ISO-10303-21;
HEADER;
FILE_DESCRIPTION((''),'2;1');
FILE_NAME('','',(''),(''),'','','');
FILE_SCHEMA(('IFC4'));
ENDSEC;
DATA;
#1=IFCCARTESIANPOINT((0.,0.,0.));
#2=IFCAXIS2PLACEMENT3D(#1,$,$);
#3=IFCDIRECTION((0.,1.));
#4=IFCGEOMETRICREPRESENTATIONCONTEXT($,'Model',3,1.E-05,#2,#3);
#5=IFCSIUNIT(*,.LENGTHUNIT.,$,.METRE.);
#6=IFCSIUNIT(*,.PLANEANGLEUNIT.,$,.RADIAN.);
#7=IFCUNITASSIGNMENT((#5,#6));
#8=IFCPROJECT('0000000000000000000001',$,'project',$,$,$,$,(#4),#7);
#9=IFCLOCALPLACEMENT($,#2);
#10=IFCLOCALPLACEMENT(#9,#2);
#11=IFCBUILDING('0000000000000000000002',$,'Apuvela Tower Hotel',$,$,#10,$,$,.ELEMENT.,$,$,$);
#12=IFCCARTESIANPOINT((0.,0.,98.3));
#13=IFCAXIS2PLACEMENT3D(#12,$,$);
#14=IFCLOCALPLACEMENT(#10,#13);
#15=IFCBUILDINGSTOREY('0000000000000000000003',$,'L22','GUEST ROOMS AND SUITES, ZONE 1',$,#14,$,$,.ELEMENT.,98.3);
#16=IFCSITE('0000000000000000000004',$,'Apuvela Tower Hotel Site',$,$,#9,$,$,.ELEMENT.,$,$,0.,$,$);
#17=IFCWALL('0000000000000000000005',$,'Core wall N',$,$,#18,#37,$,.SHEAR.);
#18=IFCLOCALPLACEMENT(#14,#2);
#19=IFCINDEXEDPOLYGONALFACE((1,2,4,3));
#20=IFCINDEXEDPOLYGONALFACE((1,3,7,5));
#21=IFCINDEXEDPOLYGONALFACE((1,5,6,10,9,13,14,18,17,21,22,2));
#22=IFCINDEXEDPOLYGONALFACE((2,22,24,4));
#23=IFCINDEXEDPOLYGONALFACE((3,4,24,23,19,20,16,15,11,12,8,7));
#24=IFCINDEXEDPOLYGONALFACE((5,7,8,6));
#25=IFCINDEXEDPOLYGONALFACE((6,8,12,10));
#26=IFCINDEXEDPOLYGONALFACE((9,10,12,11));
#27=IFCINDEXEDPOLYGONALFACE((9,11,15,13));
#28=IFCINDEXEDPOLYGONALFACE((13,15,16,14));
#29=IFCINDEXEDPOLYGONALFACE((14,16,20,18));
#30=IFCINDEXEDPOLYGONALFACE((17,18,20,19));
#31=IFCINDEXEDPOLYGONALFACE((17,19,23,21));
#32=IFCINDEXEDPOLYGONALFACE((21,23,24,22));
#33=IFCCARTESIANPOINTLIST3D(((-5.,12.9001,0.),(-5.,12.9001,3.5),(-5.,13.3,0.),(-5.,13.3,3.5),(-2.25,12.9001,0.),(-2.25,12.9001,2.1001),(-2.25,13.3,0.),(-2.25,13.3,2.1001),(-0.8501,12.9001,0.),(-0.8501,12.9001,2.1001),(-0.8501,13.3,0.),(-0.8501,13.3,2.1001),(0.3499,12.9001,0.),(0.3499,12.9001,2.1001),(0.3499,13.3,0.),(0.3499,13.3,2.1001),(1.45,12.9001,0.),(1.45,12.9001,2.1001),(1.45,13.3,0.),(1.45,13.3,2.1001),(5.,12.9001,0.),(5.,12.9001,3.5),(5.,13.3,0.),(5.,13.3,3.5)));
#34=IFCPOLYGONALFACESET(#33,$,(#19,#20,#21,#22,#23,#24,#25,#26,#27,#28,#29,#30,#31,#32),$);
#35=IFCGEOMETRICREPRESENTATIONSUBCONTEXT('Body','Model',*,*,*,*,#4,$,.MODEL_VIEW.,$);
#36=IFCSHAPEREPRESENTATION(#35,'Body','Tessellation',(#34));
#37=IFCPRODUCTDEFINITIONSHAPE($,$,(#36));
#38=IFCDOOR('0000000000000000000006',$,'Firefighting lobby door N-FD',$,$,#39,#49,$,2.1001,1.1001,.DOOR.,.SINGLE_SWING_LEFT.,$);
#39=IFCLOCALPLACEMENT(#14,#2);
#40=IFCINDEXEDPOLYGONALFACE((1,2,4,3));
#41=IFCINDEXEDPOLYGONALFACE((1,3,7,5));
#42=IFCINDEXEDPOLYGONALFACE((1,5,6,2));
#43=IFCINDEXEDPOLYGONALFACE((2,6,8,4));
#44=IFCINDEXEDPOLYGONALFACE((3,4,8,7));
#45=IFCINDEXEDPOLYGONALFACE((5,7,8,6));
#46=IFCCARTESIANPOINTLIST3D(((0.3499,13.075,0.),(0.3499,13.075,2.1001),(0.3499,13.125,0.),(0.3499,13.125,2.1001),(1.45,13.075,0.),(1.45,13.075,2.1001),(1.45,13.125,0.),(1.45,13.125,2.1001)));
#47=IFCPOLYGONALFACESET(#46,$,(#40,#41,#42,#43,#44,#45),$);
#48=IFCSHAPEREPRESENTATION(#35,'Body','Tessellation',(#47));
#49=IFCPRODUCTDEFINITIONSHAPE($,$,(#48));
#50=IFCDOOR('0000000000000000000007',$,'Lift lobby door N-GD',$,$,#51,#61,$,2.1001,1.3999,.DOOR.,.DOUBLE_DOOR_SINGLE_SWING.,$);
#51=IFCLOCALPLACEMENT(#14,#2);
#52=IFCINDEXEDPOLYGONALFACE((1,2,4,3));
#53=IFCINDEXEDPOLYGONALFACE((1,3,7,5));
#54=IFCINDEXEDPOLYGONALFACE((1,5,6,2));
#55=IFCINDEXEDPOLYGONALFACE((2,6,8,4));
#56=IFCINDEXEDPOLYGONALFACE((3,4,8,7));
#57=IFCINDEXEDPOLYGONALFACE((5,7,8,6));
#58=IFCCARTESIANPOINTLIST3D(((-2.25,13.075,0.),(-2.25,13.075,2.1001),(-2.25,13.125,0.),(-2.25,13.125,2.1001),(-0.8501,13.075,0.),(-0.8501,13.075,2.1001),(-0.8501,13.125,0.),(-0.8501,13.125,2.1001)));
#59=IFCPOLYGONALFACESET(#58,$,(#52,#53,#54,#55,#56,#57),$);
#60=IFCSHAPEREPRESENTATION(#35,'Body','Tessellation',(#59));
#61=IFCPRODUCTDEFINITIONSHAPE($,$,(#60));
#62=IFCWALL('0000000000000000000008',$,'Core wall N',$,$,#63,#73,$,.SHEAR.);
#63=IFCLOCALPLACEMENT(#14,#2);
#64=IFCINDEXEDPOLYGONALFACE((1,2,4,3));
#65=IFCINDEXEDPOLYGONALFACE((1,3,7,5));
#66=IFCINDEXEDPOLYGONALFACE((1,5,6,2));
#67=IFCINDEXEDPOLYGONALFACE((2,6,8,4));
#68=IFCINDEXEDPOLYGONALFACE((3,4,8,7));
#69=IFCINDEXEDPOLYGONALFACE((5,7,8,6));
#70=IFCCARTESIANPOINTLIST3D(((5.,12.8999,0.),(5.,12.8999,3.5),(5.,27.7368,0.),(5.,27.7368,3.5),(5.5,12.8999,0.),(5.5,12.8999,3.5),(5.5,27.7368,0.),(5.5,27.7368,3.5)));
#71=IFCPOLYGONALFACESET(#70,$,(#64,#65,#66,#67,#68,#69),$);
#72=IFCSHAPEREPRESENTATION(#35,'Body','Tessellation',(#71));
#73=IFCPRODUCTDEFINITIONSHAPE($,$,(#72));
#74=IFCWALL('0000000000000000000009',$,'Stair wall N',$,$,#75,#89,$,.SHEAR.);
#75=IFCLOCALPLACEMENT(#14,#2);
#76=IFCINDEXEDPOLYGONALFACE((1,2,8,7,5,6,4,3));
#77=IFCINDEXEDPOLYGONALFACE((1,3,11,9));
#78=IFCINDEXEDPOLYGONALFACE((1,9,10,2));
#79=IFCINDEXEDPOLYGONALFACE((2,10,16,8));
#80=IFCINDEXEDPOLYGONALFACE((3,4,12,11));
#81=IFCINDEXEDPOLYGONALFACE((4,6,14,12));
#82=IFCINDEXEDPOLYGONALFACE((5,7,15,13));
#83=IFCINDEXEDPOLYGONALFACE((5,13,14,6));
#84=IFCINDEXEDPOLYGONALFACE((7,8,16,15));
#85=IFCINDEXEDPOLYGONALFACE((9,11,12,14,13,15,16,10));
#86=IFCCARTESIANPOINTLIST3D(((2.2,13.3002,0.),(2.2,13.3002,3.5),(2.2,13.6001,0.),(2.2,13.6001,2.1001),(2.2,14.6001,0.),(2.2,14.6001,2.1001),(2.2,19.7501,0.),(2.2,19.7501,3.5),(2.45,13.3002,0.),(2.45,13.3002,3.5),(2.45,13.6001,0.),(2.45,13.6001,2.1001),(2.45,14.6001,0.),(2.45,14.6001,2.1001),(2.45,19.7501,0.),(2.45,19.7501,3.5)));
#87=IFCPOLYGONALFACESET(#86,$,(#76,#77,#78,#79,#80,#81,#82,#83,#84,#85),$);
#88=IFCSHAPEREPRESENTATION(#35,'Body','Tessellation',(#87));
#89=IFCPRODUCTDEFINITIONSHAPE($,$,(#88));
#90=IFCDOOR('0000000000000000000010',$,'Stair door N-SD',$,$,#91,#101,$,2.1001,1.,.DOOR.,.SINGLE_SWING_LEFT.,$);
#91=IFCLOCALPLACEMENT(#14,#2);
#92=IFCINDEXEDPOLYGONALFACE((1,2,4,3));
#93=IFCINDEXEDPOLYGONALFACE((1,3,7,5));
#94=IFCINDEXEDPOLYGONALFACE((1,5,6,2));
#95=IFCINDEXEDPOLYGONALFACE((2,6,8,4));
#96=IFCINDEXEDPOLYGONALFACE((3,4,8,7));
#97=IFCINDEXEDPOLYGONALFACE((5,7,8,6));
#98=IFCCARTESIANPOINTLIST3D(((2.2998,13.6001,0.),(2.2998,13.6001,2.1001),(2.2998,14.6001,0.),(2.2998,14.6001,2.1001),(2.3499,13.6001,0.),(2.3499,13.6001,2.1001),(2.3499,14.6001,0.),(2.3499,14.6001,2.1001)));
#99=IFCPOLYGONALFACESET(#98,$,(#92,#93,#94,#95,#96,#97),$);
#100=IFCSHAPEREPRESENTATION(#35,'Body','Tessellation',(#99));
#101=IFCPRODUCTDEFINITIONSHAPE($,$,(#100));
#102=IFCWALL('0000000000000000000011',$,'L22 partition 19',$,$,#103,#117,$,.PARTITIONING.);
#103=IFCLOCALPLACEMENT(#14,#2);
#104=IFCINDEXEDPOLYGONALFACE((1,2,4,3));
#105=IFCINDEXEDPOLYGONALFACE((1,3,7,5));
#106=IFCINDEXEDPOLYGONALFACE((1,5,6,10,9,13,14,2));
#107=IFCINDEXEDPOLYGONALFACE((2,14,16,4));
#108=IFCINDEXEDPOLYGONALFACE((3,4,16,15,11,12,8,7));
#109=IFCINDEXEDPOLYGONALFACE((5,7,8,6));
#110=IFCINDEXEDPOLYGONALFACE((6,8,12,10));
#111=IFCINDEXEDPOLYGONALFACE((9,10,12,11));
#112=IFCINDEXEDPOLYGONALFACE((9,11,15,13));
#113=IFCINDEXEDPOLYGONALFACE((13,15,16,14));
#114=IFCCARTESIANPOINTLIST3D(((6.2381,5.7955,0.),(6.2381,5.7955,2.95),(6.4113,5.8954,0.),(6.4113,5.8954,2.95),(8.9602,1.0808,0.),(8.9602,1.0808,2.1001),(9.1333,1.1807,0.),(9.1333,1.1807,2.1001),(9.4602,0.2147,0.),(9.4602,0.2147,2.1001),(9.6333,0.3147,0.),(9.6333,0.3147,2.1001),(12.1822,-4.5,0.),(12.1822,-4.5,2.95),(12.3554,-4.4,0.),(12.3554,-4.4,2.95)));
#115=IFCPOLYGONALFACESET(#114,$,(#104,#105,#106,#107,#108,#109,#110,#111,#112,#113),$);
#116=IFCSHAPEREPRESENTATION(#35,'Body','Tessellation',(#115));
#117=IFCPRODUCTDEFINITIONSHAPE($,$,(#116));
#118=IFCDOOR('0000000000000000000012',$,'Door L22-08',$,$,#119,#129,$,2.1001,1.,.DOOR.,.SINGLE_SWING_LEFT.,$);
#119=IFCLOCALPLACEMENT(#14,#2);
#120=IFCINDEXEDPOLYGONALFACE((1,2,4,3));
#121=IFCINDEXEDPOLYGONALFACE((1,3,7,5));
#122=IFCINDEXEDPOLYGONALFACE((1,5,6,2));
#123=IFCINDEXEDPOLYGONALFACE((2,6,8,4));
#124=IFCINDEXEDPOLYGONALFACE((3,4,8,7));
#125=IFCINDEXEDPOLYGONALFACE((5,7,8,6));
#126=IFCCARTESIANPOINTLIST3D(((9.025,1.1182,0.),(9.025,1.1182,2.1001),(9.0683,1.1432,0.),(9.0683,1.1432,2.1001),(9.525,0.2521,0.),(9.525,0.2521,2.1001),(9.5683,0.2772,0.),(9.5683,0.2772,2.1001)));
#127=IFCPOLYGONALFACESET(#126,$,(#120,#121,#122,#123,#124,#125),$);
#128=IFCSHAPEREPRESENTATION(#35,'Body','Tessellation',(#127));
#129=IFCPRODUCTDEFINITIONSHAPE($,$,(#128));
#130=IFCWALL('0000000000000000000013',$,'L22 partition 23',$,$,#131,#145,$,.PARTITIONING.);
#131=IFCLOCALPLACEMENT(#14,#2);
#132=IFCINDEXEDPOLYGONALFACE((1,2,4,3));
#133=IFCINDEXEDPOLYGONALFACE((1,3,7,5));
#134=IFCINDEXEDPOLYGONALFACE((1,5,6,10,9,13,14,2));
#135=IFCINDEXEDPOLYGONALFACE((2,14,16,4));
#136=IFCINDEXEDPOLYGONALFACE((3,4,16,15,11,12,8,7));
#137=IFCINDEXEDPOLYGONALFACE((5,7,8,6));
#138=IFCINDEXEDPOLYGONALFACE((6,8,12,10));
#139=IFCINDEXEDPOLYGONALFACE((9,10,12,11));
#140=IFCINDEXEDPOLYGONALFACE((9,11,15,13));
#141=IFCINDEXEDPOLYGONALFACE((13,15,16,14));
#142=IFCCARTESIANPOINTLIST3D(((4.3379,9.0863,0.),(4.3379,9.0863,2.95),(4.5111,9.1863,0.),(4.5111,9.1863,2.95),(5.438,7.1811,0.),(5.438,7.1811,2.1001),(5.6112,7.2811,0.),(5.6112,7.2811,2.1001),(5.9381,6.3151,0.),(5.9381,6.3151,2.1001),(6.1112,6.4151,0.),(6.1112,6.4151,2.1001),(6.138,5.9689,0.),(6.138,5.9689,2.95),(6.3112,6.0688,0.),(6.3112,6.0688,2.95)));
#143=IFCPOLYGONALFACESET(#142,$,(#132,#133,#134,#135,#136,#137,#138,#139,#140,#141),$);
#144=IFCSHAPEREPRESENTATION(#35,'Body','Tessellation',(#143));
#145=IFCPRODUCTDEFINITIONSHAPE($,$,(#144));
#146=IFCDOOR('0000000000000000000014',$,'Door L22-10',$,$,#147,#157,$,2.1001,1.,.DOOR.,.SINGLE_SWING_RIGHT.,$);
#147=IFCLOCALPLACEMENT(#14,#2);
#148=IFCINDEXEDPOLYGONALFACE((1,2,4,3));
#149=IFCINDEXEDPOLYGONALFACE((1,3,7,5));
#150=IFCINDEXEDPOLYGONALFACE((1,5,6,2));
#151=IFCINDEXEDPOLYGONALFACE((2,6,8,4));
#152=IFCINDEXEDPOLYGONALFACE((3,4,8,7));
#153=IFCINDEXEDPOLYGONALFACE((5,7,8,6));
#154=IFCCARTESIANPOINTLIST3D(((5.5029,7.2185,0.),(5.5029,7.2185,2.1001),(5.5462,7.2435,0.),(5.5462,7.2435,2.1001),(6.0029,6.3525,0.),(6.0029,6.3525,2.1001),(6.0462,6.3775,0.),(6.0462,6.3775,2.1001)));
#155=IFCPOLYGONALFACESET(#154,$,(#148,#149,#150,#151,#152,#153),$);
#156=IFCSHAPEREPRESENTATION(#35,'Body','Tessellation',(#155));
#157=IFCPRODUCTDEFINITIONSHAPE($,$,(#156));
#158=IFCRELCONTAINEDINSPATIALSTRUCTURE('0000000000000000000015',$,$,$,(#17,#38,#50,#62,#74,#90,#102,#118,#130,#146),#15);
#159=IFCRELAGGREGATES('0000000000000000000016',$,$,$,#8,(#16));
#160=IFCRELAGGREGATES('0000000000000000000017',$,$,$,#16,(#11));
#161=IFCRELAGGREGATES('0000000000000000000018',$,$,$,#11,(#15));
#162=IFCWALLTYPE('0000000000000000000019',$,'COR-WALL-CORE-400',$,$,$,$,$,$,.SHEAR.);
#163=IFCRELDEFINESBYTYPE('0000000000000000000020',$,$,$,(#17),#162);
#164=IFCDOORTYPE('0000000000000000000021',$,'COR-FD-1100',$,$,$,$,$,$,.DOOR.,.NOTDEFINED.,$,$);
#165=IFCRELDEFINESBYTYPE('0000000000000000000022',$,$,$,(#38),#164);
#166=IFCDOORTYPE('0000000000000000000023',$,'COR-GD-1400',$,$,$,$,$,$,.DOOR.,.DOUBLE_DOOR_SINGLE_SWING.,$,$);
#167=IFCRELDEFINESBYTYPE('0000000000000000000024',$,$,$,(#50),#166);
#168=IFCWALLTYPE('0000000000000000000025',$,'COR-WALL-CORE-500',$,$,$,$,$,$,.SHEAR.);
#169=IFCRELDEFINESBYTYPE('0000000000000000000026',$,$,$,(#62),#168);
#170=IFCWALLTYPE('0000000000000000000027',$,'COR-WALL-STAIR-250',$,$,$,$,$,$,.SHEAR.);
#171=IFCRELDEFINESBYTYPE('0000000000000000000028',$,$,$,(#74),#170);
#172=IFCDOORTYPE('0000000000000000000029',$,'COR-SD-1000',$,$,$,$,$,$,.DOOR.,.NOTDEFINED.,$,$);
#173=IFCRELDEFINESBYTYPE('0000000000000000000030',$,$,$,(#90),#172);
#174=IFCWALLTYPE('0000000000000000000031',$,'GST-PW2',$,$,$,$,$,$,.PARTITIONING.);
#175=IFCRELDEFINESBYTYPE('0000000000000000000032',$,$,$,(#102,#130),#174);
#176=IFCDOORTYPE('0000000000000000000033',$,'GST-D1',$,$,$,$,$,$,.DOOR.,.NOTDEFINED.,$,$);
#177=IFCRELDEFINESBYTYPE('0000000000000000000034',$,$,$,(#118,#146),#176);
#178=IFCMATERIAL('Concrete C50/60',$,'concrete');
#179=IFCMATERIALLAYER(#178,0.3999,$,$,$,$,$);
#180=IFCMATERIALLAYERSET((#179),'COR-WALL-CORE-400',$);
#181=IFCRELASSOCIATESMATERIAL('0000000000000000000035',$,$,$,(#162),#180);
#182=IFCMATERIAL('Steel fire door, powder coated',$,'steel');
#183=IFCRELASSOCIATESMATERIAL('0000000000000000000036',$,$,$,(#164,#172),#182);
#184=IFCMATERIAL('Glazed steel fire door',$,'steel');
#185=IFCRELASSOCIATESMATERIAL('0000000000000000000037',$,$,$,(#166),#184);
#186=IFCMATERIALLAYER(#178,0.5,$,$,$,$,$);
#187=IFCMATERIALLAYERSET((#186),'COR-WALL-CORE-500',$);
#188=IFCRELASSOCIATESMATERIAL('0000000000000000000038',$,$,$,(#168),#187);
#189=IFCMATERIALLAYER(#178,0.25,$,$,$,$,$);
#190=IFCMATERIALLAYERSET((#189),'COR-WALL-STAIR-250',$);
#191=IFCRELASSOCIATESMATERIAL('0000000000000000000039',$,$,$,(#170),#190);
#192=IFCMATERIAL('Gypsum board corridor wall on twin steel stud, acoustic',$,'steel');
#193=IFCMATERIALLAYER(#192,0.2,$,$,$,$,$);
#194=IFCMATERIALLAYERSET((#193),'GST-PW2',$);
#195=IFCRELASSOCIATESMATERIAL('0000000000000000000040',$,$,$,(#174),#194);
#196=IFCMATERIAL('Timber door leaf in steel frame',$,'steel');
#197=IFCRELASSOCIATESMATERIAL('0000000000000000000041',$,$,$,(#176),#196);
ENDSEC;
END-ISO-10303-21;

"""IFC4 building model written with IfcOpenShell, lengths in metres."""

from ifc_helpers import new_model, si_unit, direction, frame, frame_2d, origin, place, context, subcontext, project, spatial, rectangle, extrude, material, layer, layer_set, type_object, element, fill, save


model = new_model("IFC4")

# Units and contexts
model_context = context("Model", 3, precision=1e-05, world=origin(), true_north=direction((0.0, 1.0)))
body_context = subcontext(model_context, "Body", "Model", "MODEL_VIEW")
ifc_project = project(units=[si_unit("LENGTHUNIT", "METRE"), si_unit("PLANEANGLEUNIT", "RADIAN")], contexts=[model_context])

# Site, building, storey
site_placement = place(None, origin())
site = spatial("IfcSite", under=ifc_project, at=site_placement, Name="Apuvela Tower Hotel Site", CompositionType="ELEMENT", RefElevation=0.0)
building_placement = place(site_placement, origin())
building = spatial("IfcBuilding", under=site, at=building_placement, Name="Apuvela Tower Hotel", CompositionType="ELEMENT")
storey_placement = place(building_placement, frame((0.0, 0.0, 98.3)))
storey = spatial("IfcBuildingStorey", under=building, at=storey_placement, Name="L22", Description="GUEST ROOMS AND SUITES, ZONE 1", CompositionType="ELEMENT", Elevation=98.3)

# Shared definitions
ifc_material_1 = material(Name="Concrete C50/60", Category="concrete")

# Wall, openings, doors
ifc_layer_1 = layer(ifc_material_1, 0.3999)
ifc_layer_set_1 = layer_set([ifc_layer_1], Name="COR-WALL-CORE-400")
wall_type_1 = type_object("IfcWallType", Name="COR-WALL-CORE-400", PredefinedType="SHEAR", material=ifc_layer_set_1)
wall_1_placement = place(storey_placement, frame((5.0, 13.1001, 0.0), z_axis=(0.0, 0.0, 1.0), x_axis=(-1.0, 0.0, 0.0)))
wall_1 = element("IfcWall", 1, at=wall_1_placement, inside=storey, type_object=wall_type_1, Name="Core wall N", PredefinedType="SHEAR", context=body_context, shape_type="SweptSolid", body=[
    extrude(rectangle(XDim=10.0, YDim=0.3999, at=frame_2d((5.0, 0.0))), origin(), (0.0, 0.0, 1.0), 3.5),
])
opening_1_placement = place(wall_1_placement, frame((3.55, 0.0, 0.0)))
opening_1 = element("IfcOpeningElement", 2, at=opening_1_placement, cuts=wall_1, PredefinedType="OPENING", context=body_context, shape_type="SweptSolid", body=[
    extrude(rectangle(XDim=1.1001, YDim=2.1001, at=frame_2d((0.55, 1.05))), frame((0.0, 0.21, 0.0), z_axis=(0.0, -1.0, 0.0), x_axis=(1.0, 0.0, 0.0)), (0.0, 0.0, 1.0), 0.4199),
])
opening_2_placement = place(wall_1_placement, frame((5.8501, 0.0, 0.0)))
opening_2 = element("IfcOpeningElement", 3, at=opening_2_placement, cuts=wall_1, PredefinedType="OPENING", context=body_context, shape_type="SweptSolid", body=[
    extrude(rectangle(XDim=1.3999, YDim=2.1001, at=frame_2d((0.7, 1.05))), frame((0.0, 0.21, 0.0), z_axis=(0.0, -1.0, 0.0), x_axis=(1.0, 0.0, 0.0)), (0.0, 0.0, 1.0), 0.4199),
])
ifc_material_2 = material(Name="Steel fire door, powder coated", Category="steel")
door_type_1 = type_object("IfcDoorType", Name="COR-FD-1100", OperationType="NOTDEFINED", PredefinedType="DOOR", material=ifc_material_2)
door_1_placement = place(opening_1_placement, frame((1.1001, 0.0, 0.0), z_axis=(0.0, 0.0, 1.0), x_axis=(-1.0, 0.0, 0.0)))
door_1 = element("IfcDoor", 4, at=door_1_placement, inside=storey, type_object=door_type_1, Name="Firefighting lobby door N-FD", OperationType="SINGLE_SWING_LEFT", OverallHeight=2.1001, OverallWidth=1.1001, PredefinedType="DOOR", context=body_context, shape_type="SweptSolid", body=[
    extrude(rectangle(XDim=1.1001, YDim=2.1001, at=frame_2d((0.55, 1.05))), frame((0.0, 0.0249, 0.0), z_axis=(0.0, -1.0, 0.0), x_axis=(1.0, 0.0, 0.0)), (0.0, 0.0, 1.0), 0.05),
])
fill(opening_1, door_1)
ifc_material_3 = material(Name="Glazed steel fire door", Category="steel")
door_type_2 = type_object("IfcDoorType", Name="COR-GD-1400", OperationType="DOUBLE_DOOR_SINGLE_SWING", PredefinedType="DOOR", material=ifc_material_3)
door_2_placement = place(opening_2_placement, frame((1.3999, 0.0, 0.0), z_axis=(0.0, 0.0, 1.0), x_axis=(-1.0, 0.0, 0.0)))
door_2 = element("IfcDoor", 5, at=door_2_placement, inside=storey, type_object=door_type_2, Name="Lift lobby door N-GD", OperationType="DOUBLE_DOOR_SINGLE_SWING", OverallHeight=2.1001, OverallWidth=1.3999, PredefinedType="DOOR", context=body_context, shape_type="SweptSolid", body=[
    extrude(rectangle(XDim=1.3999, YDim=2.1001, at=frame_2d((0.7, 1.05))), frame((0.0, 0.0249, 0.0), z_axis=(0.0, -1.0, 0.0), x_axis=(1.0, 0.0, 0.0)), (0.0, 0.0, 1.0), 0.05),
])
fill(opening_2, door_2)

# Wall
ifc_layer_2 = layer(ifc_material_1, 0.5)
ifc_layer_set_2 = layer_set([ifc_layer_2], Name="COR-WALL-CORE-500")
wall_type_2 = type_object("IfcWallType", Name="COR-WALL-CORE-500", PredefinedType="SHEAR", material=ifc_layer_set_2)
wall_2_placement = place(storey_placement, frame((5.25, 12.8999, 0.0), z_axis=(0.0, 0.0, 1.0), x_axis=(0.0, 1.0, 0.0)))
element("IfcWall", 6, at=wall_2_placement, inside=storey, type_object=wall_type_2, Name="Core wall N", PredefinedType="SHEAR", context=body_context, shape_type="SweptSolid", body=[
    extrude(rectangle(XDim=14.8369, YDim=0.5, at=frame_2d((7.4185, 0.0))), origin(), (0.0, 0.0, 1.0), 3.5),
])

# Walls, openings, doors
ifc_layer_3 = layer(ifc_material_1, 0.25)
ifc_layer_set_3 = layer_set([ifc_layer_3], Name="COR-WALL-STAIR-250")
wall_type_3 = type_object("IfcWallType", Name="COR-WALL-STAIR-250", PredefinedType="SHEAR", material=ifc_layer_set_3)
wall_3_placement = place(storey_placement, frame((2.325, 13.3, 0.0), z_axis=(0.0, 0.0, 1.0), x_axis=(0.0, 1.0, 0.0)))
wall_3 = element("IfcWall", 7, at=wall_3_placement, inside=storey, type_object=wall_type_3, Name="Stair wall N", PredefinedType="SHEAR", context=body_context, shape_type="SweptSolid", body=[
    extrude(rectangle(XDim=6.45, YDim=0.25, at=frame_2d((3.2251, 0.0))), origin(), (0.0, 0.0, 1.0), 3.5),
])
opening_3_placement = place(wall_3_placement, frame((0.3, 0.0, 0.0)))
opening_3 = element("IfcOpeningElement", 8, at=opening_3_placement, cuts=wall_3, PredefinedType="OPENING", context=body_context, shape_type="SweptSolid", body=[
    extrude(rectangle(XDim=1.0, YDim=2.1001, at=frame_2d((0.5, 1.05))), frame((0.0, 0.135, 0.0), z_axis=(0.0, -1.0, 0.0), x_axis=(1.0, 0.0, 0.0)), (0.0, 0.0, 1.0), 0.27),
])
door_type_3 = type_object("IfcDoorType", Name="COR-SD-1000", OperationType="NOTDEFINED", PredefinedType="DOOR", material=ifc_material_2)
door_3_placement = place(opening_3_placement, frame((1.0, 0.0, 0.0), z_axis=(0.0, 0.0, 1.0), x_axis=(-1.0, 0.0, 0.0)))
door_3 = element("IfcDoor", 9, at=door_3_placement, inside=storey, type_object=door_type_3, Name="Stair door N-SD", OperationType="SINGLE_SWING_LEFT", OverallHeight=2.1001, OverallWidth=1.0, PredefinedType="DOOR", context=body_context, shape_type="SweptSolid", body=[
    extrude(rectangle(XDim=1.0, YDim=2.1001, at=frame_2d((0.5, 1.05))), frame((0.0, 0.0249, 0.0), z_axis=(0.0, -1.0, 0.0), x_axis=(1.0, 0.0, 0.0)), (0.0, 0.0, 1.0), 0.05),
])
fill(opening_3, door_3)
ifc_material_4 = material(Name="Gypsum board corridor wall on twin steel stud, acoustic", Category="steel")
ifc_layer_4 = layer(ifc_material_4, 0.2)
ifc_layer_set_4 = layer_set([ifc_layer_4], Name="GST-PW2")
wall_type_4 = type_object("IfcWallType", Name="GST-PW2", PredefinedType="PARTITIONING", material=ifc_layer_set_4)
wall_4_placement = place(storey_placement, frame((6.3247, 5.8455, 0.0), z_axis=(0.0, 0.0, 1.0), x_axis=(0.500002, -0.866024, 0.0)))
wall_4 = element("IfcWall", 10, at=wall_4_placement, inside=storey, type_object=wall_type_4, Name="L22 partition 19", PredefinedType="PARTITIONING", context=body_context, shape_type="SweptSolid", body=[
    extrude(rectangle(XDim=11.8882, YDim=0.2, at=frame_2d((5.9441, 0.0))), origin(), (0.0, 0.0, 1.0), 2.95),
])
opening_4_placement = place(wall_4_placement, frame((5.4441, 0.0, 0.0)))
opening_4 = element("IfcOpeningElement", 11, at=opening_4_placement, cuts=wall_4, PredefinedType="OPENING", context=body_context, shape_type="SweptSolid", body=[
    extrude(rectangle(XDim=1.0, YDim=2.1001, at=frame_2d((0.5, 1.05))), frame((0.0, 0.1099, 0.0), z_axis=(0.0, -1.0, 0.0), x_axis=(1.0, 0.0, 0.0)), (0.0, 0.0, 1.0), 0.22),
])
ifc_material_5 = material(Name="Timber door leaf in steel frame", Category="steel")
door_type_4 = type_object("IfcDoorType", Name="GST-D1", OperationType="NOTDEFINED", PredefinedType="DOOR", material=ifc_material_5)
door_4_placement = place(opening_4_placement, origin())
door_4 = element("IfcDoor", 12, at=door_4_placement, inside=storey, type_object=door_type_4, Name="Door L22-08", OperationType="SINGLE_SWING_LEFT", OverallHeight=2.1001, OverallWidth=1.0, PredefinedType="DOOR", context=body_context, shape_type="SweptSolid", body=[
    extrude(rectangle(XDim=1.0, YDim=2.1001, at=frame_2d((0.5, 1.05))), frame((0.0, 0.0249, 0.0), z_axis=(0.0, -1.0, 0.0), x_axis=(1.0, 0.0, 0.0)), (0.0, 0.0, 1.0), 0.05),
])
fill(opening_4, door_4)
wall_5_placement = place(storey_placement, frame((4.4246, 9.1362, 0.0), z_axis=(0.0, 0.0, 1.0), x_axis=(0.500041, -0.866001, 0.0)))
wall_5 = element("IfcWall", 13, at=wall_5_placement, inside=storey, type_object=wall_type_4, Name="L22 partition 23", PredefinedType="PARTITIONING", context=body_context, shape_type="SweptSolid", body=[
    extrude(rectangle(XDim=3.5999, YDim=0.2, at=frame_2d((1.7998, 0.0))), origin(), (0.0, 0.0, 1.0), 2.95),
])
opening_5_placement = place(wall_5_placement, frame((2.2, 0.0, 0.0)))
opening_5 = element("IfcOpeningElement", 14, at=opening_5_placement, cuts=wall_5, PredefinedType="OPENING", context=body_context, shape_type="SweptSolid", body=[
    extrude(rectangle(XDim=1.0, YDim=2.1001, at=frame_2d((0.5, 1.05))), frame((0.0, 0.1099, 0.0), z_axis=(0.0, -1.0, 0.0), x_axis=(1.0, 0.0, 0.0)), (0.0, 0.0, 1.0), 0.22),
])
door_5_placement = place(opening_5_placement, origin())
door_5 = element("IfcDoor", 15, at=door_5_placement, inside=storey, type_object=door_type_4, Name="Door L22-10", OperationType="SINGLE_SWING_RIGHT", OverallHeight=2.1001, OverallWidth=1.0, PredefinedType="DOOR", context=body_context, shape_type="SweptSolid", body=[
    extrude(rectangle(XDim=1.0, YDim=2.1001, at=frame_2d((0.5, 1.05))), frame((0.0, 0.0249, 0.0), z_axis=(0.0, -1.0, 0.0), x_axis=(1.0, 0.0, 0.0)), (0.0, 0.0, 1.0), 0.05),
])
fill(opening_5, door_5)

save(model, "model.ifc")
